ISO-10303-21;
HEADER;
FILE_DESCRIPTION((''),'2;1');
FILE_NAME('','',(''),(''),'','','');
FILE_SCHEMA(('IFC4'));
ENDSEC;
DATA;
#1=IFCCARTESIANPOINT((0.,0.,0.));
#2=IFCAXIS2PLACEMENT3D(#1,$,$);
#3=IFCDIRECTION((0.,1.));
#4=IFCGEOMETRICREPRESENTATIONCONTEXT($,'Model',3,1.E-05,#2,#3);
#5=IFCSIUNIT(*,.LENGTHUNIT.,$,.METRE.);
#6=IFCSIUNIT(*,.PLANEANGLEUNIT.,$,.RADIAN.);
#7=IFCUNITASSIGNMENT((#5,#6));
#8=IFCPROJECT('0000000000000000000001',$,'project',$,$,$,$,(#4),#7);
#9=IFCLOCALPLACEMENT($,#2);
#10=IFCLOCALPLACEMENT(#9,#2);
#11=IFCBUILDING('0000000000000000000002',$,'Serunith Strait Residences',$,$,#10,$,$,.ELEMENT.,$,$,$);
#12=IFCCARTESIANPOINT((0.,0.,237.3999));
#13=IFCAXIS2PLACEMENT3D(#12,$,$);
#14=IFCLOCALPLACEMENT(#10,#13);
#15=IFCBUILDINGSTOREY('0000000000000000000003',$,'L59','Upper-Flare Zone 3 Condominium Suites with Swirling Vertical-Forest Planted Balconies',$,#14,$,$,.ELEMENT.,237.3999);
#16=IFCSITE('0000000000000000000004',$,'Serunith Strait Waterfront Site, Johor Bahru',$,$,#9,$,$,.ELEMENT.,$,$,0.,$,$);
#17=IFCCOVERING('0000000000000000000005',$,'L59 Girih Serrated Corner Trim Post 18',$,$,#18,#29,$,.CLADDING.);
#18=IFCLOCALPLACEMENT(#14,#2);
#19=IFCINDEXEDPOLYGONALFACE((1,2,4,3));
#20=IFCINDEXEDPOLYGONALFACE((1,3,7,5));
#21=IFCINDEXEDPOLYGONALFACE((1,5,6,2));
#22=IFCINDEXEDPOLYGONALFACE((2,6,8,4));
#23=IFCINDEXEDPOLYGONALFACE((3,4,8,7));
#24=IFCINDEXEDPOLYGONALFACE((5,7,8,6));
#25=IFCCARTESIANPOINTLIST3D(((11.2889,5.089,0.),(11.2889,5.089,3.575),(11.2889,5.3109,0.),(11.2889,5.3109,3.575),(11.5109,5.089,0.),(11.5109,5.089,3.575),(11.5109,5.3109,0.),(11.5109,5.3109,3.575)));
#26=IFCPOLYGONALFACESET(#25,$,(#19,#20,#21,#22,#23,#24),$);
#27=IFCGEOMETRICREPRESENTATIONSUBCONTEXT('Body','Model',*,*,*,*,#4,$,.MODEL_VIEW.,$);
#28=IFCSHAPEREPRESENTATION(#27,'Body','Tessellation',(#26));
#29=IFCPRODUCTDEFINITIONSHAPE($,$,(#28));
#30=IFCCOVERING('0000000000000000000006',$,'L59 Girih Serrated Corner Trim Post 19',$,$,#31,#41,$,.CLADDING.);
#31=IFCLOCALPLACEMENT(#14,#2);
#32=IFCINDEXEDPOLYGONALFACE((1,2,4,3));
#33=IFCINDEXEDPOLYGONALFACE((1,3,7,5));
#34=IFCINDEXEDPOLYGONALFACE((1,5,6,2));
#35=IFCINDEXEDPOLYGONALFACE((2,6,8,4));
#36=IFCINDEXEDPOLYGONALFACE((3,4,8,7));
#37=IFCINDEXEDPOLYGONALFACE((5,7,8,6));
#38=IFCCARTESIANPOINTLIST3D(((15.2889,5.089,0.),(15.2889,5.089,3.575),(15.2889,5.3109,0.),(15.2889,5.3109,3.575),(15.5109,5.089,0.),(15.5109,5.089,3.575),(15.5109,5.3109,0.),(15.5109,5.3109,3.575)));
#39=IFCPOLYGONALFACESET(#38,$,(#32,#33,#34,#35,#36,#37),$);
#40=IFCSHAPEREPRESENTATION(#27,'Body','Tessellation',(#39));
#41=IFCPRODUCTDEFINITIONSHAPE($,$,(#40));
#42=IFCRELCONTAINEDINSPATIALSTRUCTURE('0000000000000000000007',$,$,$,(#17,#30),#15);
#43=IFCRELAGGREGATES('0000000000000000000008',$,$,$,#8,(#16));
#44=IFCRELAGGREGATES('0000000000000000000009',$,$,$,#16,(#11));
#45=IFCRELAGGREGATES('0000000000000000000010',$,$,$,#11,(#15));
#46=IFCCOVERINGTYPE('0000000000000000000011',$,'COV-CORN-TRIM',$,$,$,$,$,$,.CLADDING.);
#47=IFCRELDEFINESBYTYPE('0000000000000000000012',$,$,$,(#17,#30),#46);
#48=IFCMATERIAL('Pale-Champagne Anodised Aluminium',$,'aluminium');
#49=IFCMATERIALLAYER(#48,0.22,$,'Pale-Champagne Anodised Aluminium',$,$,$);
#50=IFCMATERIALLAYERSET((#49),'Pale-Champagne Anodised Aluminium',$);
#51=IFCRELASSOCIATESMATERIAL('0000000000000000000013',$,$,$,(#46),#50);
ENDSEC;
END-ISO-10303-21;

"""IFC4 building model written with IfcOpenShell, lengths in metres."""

from ifc_helpers import new_model, si_unit, direction, frame, origin, origin_2d, place, context, subcontext, project, spatial, rectangle, extrude, source, transform, mapped, material, layer, layer_set, type_object, element, save


model = new_model("IFC4")

# Units and contexts
model_context = context("Model", 3, precision=1e-05, world=origin(), true_north=direction((0.0, 1.0)))
body_context = subcontext(model_context, "Body", "Model", "MODEL_VIEW")
ifc_project = project(units=[si_unit("LENGTHUNIT", "METRE"), si_unit("PLANEANGLEUNIT", "RADIAN")], contexts=[model_context])

# Site, building, storey
site_placement = place(None, origin())
site = spatial("IfcSite", under=ifc_project, at=site_placement, Name="Serunith Strait Waterfront Site, Johor Bahru", CompositionType="ELEMENT", RefElevation=0.0)
building_placement = place(site_placement, origin())
building = spatial("IfcBuilding", under=site, at=building_placement, Name="Serunith Strait Residences", CompositionType="ELEMENT")
storey_placement = place(building_placement, frame((0.0, 0.0, 237.3999)))
storey = spatial("IfcBuildingStorey", under=building, at=storey_placement, Name="L59", Description="Upper-Flare Zone 3 Condominium Suites with Swirling Vertical-Forest Planted Balconies", CompositionType="ELEMENT", Elevation=237.3999)

# Shared definitions
ifc_material_1 = material(Name="Pale-Champagne Anodised Aluminium", Category="aluminium")

# Coverings
ifc_layer_1 = layer(ifc_material_1, 0.22, Name="Pale-Champagne Anodised Aluminium")
ifc_layer_set_1 = layer_set([ifc_layer_1], Name="Pale-Champagne Anodised Aluminium")
covering_type_1 = type_object("IfcCoveringType", Name="COV-CORN-TRIM", PredefinedType="CLADDING", material=ifc_layer_set_1)
shared_shape_1 = source(origin(), body_context, "Body", "SweptSolid", [
    extrude(rectangle(XDim=0.2219, YDim=0.2219, at=origin_2d()), origin(), (0.0, 0.0, 1.0), 3.575),
])
for number, where, z_axis, x_axis, name in (
    (1, (11.3999, 5.2, 0.0), (0.0, 0.0, 1.0), (1.0, 0.0, 0.0), "L59 Girih Serrated Corner Trim Post 18"),
    (2, (15.3999, 5.2, 0.0), (0.0, 0.0, 1.0), (1.0, 0.0, 0.0), "L59 Girih Serrated Corner Trim Post 19"),
):
    element("IfcCovering", number, at=place(storey_placement, frame(where, z_axis=z_axis, x_axis=x_axis)), inside=storey, type_object=covering_type_1, Name=name, PredefinedType="CLADDING", context=body_context, shape_type="MappedRepresentation", body=[
        mapped(shared_shape_1, transform((0.0, 0.0, 0.0), scale=1.0)),
    ])

save(model, "model.ifc")
